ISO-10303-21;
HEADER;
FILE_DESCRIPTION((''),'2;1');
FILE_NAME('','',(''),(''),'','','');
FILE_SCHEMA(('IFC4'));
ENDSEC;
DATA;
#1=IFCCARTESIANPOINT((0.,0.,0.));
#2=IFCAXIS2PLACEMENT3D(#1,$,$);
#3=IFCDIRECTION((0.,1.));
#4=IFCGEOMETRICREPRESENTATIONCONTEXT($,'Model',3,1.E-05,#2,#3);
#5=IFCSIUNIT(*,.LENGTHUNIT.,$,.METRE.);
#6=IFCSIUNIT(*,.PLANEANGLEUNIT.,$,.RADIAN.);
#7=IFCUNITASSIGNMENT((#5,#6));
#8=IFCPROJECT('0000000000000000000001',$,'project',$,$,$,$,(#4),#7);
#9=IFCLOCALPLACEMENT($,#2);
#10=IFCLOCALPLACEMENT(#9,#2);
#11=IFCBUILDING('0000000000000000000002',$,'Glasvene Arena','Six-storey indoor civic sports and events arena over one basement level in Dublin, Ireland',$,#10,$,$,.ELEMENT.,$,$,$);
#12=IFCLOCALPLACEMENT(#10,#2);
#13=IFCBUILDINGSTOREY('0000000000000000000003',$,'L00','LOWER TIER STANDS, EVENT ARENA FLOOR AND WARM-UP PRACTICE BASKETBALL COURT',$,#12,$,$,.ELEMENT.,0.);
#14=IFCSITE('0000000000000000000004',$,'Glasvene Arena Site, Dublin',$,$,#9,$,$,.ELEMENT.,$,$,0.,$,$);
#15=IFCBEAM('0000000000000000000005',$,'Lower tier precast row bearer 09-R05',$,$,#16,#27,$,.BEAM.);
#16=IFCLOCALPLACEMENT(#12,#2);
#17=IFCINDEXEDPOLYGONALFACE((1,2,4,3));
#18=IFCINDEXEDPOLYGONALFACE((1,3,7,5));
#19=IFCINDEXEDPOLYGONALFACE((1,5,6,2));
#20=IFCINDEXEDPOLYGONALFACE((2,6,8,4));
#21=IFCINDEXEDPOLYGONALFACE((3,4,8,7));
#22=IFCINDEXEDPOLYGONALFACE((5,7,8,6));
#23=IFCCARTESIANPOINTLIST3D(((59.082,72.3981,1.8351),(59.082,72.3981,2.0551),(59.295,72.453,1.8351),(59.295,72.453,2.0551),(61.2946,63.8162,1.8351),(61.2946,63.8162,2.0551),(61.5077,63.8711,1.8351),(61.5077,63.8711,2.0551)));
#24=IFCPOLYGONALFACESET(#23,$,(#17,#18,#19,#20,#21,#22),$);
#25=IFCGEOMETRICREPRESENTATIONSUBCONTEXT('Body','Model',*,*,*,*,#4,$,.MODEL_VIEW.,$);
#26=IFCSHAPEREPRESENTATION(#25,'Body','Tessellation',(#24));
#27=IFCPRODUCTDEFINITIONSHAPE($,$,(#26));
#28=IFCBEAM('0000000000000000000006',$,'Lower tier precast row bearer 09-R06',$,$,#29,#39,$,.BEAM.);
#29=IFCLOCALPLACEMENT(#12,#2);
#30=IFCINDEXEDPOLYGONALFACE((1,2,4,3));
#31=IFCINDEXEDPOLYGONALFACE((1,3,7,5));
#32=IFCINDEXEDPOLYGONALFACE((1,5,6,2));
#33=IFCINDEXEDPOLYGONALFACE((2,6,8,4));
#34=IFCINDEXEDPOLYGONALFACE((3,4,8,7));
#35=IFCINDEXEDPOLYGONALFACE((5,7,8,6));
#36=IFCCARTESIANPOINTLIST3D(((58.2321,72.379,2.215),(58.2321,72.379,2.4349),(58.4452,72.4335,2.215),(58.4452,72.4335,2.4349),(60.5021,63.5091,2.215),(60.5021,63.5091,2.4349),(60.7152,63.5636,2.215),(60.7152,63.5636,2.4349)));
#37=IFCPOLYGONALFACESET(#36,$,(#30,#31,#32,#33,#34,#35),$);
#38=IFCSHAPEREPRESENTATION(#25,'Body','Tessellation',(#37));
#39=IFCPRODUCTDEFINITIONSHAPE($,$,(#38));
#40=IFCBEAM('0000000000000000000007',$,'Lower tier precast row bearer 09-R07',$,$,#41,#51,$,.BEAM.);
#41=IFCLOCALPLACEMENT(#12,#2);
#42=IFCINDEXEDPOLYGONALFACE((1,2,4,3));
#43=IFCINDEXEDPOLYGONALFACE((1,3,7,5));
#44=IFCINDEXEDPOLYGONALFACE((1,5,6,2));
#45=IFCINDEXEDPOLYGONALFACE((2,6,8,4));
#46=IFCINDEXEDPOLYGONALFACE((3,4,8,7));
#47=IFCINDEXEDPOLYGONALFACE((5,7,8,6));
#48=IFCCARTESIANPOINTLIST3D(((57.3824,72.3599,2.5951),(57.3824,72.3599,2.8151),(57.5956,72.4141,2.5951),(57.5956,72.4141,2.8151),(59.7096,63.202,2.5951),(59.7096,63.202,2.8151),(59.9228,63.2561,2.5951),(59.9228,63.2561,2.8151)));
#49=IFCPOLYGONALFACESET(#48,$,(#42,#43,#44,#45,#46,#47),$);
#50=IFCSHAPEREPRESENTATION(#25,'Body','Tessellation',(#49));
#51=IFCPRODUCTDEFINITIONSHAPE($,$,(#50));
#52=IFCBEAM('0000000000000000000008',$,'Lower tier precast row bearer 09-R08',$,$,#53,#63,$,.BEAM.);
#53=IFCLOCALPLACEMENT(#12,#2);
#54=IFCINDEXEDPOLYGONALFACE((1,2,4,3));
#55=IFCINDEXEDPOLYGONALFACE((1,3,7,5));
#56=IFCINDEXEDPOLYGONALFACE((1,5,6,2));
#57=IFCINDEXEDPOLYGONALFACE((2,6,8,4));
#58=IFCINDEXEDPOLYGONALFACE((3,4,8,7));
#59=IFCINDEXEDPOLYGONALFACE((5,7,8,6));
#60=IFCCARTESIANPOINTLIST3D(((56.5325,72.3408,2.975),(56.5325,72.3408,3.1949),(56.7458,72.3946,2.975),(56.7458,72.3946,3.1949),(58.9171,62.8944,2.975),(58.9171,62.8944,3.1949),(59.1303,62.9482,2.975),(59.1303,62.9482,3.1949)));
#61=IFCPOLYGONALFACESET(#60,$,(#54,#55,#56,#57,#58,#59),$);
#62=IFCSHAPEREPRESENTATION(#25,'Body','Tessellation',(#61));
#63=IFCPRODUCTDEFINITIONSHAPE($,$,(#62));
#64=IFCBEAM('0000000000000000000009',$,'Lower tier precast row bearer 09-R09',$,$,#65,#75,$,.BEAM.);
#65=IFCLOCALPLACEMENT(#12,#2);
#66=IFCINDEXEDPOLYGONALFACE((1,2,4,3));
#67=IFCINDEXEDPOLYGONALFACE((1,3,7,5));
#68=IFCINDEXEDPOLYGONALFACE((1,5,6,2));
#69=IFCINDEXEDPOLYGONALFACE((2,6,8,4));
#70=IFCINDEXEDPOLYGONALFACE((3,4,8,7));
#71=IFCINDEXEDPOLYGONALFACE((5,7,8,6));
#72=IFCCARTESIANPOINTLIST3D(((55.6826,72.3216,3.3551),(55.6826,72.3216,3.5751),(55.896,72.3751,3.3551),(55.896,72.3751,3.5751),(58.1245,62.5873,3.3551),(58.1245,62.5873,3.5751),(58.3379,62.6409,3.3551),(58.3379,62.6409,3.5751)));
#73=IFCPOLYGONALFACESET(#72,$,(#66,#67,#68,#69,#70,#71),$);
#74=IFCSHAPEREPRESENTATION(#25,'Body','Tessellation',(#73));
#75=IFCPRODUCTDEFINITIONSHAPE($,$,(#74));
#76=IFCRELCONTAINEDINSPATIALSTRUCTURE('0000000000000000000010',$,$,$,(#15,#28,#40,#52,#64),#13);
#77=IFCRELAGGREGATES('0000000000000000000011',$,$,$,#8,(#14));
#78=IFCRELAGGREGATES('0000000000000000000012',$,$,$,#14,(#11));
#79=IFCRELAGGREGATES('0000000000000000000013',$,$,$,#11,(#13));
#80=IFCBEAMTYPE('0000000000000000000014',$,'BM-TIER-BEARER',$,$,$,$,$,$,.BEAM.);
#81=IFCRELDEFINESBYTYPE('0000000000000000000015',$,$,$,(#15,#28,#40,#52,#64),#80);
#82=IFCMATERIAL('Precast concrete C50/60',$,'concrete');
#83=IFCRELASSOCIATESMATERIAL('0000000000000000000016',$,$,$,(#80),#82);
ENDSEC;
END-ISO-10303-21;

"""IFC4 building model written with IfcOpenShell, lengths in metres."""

from ifc_helpers import new_model, si_unit, direction, frame, origin, origin_2d, place, context, subcontext, project, spatial, rectangle, extrude, material, material_profile, profile_set, type_object, element, save


model = new_model("IFC4")

# Units and contexts
model_context = context("Model", 3, precision=1e-05, world=origin(), true_north=direction((0.0, 1.0)))
body_context = subcontext(model_context, "Body", "Model", "MODEL_VIEW")
ifc_project = project(units=[si_unit("LENGTHUNIT", "METRE"), si_unit("PLANEANGLEUNIT", "RADIAN")], contexts=[model_context])

# Site, building, storey
site_placement = place(None, origin())
site = spatial("IfcSite", under=ifc_project, at=site_placement, Name="Glasvene Arena Site, Dublin", CompositionType="ELEMENT", RefElevation=0.0)
building_placement = place(site_placement, origin())
building = spatial("IfcBuilding", under=site, at=building_placement, Name="Glasvene Arena", Description="Six-storey indoor civic sports and events arena over one basement level in Dublin, Ireland", CompositionType="ELEMENT")
storey_placement = place(building_placement, origin())
storey = spatial("IfcBuildingStorey", under=building, at=storey_placement, Name="L00", Description="LOWER TIER STANDS, EVENT ARENA FLOOR AND WARM-UP PRACTICE BASKETBALL COURT", CompositionType="ELEMENT", Elevation=0.0)

# Beams
ifc_material_1 = material(Name="Precast concrete C50/60", Category="concrete")
ifc_material_profile_1 = material_profile(ifc_material_1, rectangle(XDim=0.22, YDim=0.22, at=origin_2d()), Name="RC 220x220")
ifc_profile_set_1 = profile_set([ifc_material_profile_1], Name="Precast concrete C50/60")
beam_type_1 = type_object("IfcBeamType", Name="BM-TIER-BEARER", PredefinedType="BEAM", material=ifc_profile_set_1)
beam_1_placement = place(storey_placement, frame((59.1885, 72.4255, 1.9451), z_axis=(0.249666, -0.968332, 0.0), x_axis=(0.968332, 0.249666, 0.0)))
element("IfcBeam", 1, at=beam_1_placement, inside=storey, type_object=beam_type_1, Name="Lower tier precast row bearer 09-R05", PredefinedType="BEAM", context=body_context, shape_type="SweptSolid", body=[
    extrude(rectangle(XDim=0.22, YDim=0.22, at=origin_2d()), origin(), (0.0, 0.0, 1.0), 8.8625),
])
beam_2_placement = place(storey_placement, frame((58.3386, 72.4062, 2.325), z_axis=(0.247934, -0.968777, 0.0), x_axis=(0.968777, 0.247934, 0.0)))
element("IfcBeam", 2, at=beam_2_placement, inside=storey, type_object=beam_type_1, Name="Lower tier precast row bearer 09-R06", PredefinedType="BEAM", context=body_context, shape_type="SweptSolid", body=[
    extrude(rectangle(XDim=0.22, YDim=0.22, at=origin_2d()), origin(), (0.0, 0.0, 1.0), 9.1558),
])
beam_3_placement = place(storey_placement, frame((57.489, 72.387, 2.7051), z_axis=(0.246285, -0.969197, 0.0), x_axis=(0.969197, 0.246285, 0.0)))
element("IfcBeam", 3, at=beam_3_placement, inside=storey, type_object=beam_type_1, Name="Lower tier precast row bearer 09-R07", PredefinedType="BEAM", context=body_context, shape_type="SweptSolid", body=[
    extrude(rectangle(XDim=0.22, YDim=0.22, at=origin_2d()), origin(), (0.0, 0.0, 1.0), 9.449),
])
beam_4_placement = place(storey_placement, frame((56.6392, 72.3677, 3.085), z_axis=(0.244752, -0.969586, 0.0), x_axis=(0.969586, 0.244752, 0.0)))
element("IfcBeam", 4, at=beam_4_placement, inside=storey, type_object=beam_type_1, Name="Lower tier precast row bearer 09-R08", PredefinedType="BEAM", context=body_context, shape_type="SweptSolid", body=[
    extrude(rectangle(XDim=0.22, YDim=0.22, at=origin_2d()), origin(), (0.0, 0.0, 1.0), 9.7427),
])
beam_5_placement = place(storey_placement, frame((55.7893, 72.3484, 3.4651), z_axis=(0.243314, -0.969948, 0.0), x_axis=(0.969948, 0.243314, 0.0)))
element("IfcBeam", 5, at=beam_5_placement, inside=storey, type_object=beam_type_1, Name="Lower tier precast row bearer 09-R09", PredefinedType="BEAM", context=body_context, shape_type="SweptSolid", body=[
    extrude(rectangle(XDim=0.22, YDim=0.22, at=origin_2d()), origin(), (0.0, 0.0, 1.0), 10.0359),
])

save(model, "model.ifc")
